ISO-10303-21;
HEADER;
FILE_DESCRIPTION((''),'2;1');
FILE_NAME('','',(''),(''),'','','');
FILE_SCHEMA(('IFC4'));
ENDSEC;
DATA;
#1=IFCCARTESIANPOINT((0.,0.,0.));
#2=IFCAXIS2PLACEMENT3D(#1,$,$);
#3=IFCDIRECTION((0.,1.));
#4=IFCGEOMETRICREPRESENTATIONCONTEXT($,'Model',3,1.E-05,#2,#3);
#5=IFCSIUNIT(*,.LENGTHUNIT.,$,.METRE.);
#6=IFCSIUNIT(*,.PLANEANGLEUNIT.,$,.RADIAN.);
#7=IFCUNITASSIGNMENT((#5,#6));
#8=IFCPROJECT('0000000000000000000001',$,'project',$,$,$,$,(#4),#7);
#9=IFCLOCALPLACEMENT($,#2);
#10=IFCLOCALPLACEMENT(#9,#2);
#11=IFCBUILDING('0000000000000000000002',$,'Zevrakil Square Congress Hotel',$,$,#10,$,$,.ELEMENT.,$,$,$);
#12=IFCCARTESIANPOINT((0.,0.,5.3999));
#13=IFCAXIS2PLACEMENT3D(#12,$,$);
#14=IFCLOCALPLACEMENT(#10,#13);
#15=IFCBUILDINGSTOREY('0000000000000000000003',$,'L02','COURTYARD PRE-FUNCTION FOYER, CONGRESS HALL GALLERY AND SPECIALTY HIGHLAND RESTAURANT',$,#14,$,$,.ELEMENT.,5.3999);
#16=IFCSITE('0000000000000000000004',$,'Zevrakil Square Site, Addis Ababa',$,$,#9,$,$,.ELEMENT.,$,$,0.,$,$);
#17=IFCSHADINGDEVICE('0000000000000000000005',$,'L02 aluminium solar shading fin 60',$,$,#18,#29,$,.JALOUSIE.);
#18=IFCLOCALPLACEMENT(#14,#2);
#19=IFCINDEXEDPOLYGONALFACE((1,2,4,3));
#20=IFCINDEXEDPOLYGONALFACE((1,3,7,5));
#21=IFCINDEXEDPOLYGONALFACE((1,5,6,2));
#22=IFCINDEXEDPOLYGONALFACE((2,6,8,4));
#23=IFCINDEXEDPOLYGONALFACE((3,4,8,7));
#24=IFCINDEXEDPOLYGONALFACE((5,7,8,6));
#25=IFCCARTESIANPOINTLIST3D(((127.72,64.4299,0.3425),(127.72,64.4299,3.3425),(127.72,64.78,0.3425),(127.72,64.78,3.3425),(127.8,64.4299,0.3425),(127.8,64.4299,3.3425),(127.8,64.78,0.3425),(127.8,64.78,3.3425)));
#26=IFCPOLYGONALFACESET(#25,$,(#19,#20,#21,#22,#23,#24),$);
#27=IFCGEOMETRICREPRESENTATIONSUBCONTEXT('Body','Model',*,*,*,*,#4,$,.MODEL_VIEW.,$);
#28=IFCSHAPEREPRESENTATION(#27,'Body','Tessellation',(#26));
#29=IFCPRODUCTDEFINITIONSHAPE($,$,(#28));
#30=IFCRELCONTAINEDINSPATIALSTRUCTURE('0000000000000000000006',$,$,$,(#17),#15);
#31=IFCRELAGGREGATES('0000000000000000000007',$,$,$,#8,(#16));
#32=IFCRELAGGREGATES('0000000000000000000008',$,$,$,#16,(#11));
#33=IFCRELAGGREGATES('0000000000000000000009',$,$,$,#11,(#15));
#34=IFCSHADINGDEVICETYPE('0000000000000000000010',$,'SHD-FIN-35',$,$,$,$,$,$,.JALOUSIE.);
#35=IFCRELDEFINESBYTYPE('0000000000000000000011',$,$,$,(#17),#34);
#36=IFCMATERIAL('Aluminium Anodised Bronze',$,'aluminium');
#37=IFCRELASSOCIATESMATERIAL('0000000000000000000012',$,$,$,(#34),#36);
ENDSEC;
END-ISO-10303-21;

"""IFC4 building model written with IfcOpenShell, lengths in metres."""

from ifc_helpers import new_model, si_unit, direction, frame, origin, origin_2d, place, context, subcontext, project, spatial, rectangle, extrude, material, type_object, element, save


model = new_model("IFC4")

# Units and contexts
model_context = context("Model", 3, precision=1e-05, world=origin(), true_north=direction((0.0, 1.0)))
body_context = subcontext(model_context, "Body", "Model", "MODEL_VIEW")
ifc_project = project(units=[si_unit("LENGTHUNIT", "METRE"), si_unit("PLANEANGLEUNIT", "RADIAN")], contexts=[model_context])

# Site, building, storey
site_placement = place(None, origin())
site = spatial("IfcSite", under=ifc_project, at=site_placement, Name="Zevrakil Square Site, Addis Ababa", CompositionType="ELEMENT", RefElevation=0.0)
building_placement = place(site_placement, origin())
building = spatial("IfcBuilding", under=site, at=building_placement, Name="Zevrakil Square Congress Hotel", CompositionType="ELEMENT")
storey_placement = place(building_placement, frame((0.0, 0.0, 5.3999)))
storey = spatial("IfcBuildingStorey", under=building, at=storey_placement, Name="L02", Description="COURTYARD PRE-FUNCTION FOYER, CONGRESS HALL GALLERY AND SPECIALTY HIGHLAND RESTAURANT", CompositionType="ELEMENT", Elevation=5.3999)

# Shading device
ifc_material_1 = material(Name="Aluminium Anodised Bronze", Category="aluminium")
shading_device_type = type_object("IfcShadingDeviceType", Name="SHD-FIN-35", PredefinedType="JALOUSIE", material=ifc_material_1)
shading_device_placement = place(storey_placement, frame((127.76, 64.605, 0.3425), z_axis=(0.0, 0.0, 1.0), x_axis=(0.0, -1.0, 0.0)))
element("IfcShadingDevice", 1, at=shading_device_placement, inside=storey, type_object=shading_device_type, Name="L02 aluminium solar shading fin 60", PredefinedType="JALOUSIE", context=body_context, shape_type="SweptSolid", body=[
    extrude(rectangle(XDim=0.3501, YDim=0.0801, at=origin_2d()), origin(), (0.0, 0.0, 1.0), 3.0),
])

save(model, "model.ifc")
